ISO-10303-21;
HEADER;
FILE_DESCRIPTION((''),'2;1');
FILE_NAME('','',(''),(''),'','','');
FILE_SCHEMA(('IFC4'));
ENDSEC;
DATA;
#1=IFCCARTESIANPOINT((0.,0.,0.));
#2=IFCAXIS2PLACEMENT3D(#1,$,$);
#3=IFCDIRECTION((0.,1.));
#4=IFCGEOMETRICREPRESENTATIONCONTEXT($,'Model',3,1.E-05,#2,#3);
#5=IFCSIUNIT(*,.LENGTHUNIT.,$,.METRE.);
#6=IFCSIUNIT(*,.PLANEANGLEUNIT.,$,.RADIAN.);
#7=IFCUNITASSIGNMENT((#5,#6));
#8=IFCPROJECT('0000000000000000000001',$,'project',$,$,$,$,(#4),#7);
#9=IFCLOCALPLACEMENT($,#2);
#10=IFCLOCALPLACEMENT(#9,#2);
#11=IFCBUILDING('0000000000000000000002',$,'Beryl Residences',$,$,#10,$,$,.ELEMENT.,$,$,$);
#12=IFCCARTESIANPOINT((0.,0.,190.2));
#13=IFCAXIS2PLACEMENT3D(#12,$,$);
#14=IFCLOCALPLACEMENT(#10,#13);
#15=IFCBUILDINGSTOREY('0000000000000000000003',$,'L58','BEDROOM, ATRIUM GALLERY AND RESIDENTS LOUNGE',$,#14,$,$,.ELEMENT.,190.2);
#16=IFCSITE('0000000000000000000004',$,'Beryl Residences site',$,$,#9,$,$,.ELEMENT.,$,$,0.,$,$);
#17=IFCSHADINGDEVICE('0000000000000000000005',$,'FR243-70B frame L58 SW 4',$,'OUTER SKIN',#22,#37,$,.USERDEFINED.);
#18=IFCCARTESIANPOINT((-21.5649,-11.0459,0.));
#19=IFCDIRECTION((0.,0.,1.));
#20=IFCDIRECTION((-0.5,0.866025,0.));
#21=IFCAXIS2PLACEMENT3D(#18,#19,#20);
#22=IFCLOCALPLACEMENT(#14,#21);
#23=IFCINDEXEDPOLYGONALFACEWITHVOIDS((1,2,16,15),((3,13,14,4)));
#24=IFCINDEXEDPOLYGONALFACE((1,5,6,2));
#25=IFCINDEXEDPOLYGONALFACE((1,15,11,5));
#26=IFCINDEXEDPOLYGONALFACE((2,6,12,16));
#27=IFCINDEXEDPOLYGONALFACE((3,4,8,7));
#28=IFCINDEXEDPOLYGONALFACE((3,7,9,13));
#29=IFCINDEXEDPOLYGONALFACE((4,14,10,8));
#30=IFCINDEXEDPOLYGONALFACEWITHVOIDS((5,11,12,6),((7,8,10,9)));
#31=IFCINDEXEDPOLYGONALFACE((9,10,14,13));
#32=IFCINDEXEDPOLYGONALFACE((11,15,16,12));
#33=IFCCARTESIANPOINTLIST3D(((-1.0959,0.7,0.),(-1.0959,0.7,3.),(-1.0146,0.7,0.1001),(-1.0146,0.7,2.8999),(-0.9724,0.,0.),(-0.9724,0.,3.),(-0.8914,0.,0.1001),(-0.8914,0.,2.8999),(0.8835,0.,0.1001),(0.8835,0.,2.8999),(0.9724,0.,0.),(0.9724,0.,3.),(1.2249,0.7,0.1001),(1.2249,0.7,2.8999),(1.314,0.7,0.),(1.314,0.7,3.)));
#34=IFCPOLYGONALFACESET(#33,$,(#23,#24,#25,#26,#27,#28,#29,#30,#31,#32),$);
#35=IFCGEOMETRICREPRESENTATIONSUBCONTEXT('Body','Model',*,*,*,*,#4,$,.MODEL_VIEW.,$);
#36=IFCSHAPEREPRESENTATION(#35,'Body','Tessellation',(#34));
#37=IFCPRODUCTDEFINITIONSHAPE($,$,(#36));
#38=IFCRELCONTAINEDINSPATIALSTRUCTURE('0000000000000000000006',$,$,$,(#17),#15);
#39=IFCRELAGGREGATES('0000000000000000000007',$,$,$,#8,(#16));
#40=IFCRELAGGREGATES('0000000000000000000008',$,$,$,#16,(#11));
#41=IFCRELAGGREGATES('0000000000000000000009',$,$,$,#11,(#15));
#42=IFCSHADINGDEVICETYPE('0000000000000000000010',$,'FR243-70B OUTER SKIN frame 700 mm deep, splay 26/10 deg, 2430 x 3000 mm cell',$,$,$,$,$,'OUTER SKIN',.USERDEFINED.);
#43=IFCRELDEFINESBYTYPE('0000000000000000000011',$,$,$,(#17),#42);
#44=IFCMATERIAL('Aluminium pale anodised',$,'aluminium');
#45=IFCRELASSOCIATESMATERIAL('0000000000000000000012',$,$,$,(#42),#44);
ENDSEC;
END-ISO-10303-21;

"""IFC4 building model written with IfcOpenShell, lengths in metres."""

from ifc_helpers import new_model, entity, si_unit, direction, frame, origin, place, context, subcontext, project, spatial, source, transform, mapped, material, type_object, type_shapes, element, save


model = new_model("IFC4")

# Units and contexts
model_context = context("Model", 3, precision=1e-05, world=origin(), true_north=direction((0.0, 1.0)))
body_context = subcontext(model_context, "Body", "Model", "MODEL_VIEW")
ifc_project = project(units=[si_unit("LENGTHUNIT", "METRE"), si_unit("PLANEANGLEUNIT", "RADIAN")], contexts=[model_context])

# Site, building, storey
site_placement = place(None, origin())
site = spatial("IfcSite", under=ifc_project, at=site_placement, Name="Beryl Residences site", CompositionType="ELEMENT", RefElevation=0.0)
building_placement = place(site_placement, origin())
building = spatial("IfcBuilding", under=site, at=building_placement, Name="Beryl Residences", CompositionType="ELEMENT")
storey_placement = place(building_placement, frame((0.0, 0.0, 190.2)))
storey = spatial("IfcBuildingStorey", under=building, at=storey_placement, Name="L58", Description="BEDROOM, ATRIUM GALLERY AND RESIDENTS LOUNGE", CompositionType="ELEMENT", Elevation=190.2)

# Shading device
ifc_material_1 = material(Name="Aluminium pale anodised", Category="aluminium")
shading_device_type = type_object("IfcShadingDeviceType", Name="FR243-70B OUTER SKIN frame 700 mm deep, splay 26/10 deg, 2430 x 3000 mm cell", ElementType="OUTER SKIN", PredefinedType="USERDEFINED", material=ifc_material_1)
cartesian_point_1 = entity("IfcCartesianPoint", [-0.9724, 0.0])
cartesian_point_2 = entity("IfcCartesianPoint", [-0.8835, 0.1001])
cartesian_point_3 = entity("IfcCartesianPoint", [-1.314, 0.0])
cartesian_point_4 = entity("IfcCartesianPoint", [-1.2249, 0.1001])
shared_shape = source(origin(), body_context, "Body", "SweptSolid", [
    entity("IfcExtrudedAreaSolidTapered", entity("IfcArbitraryProfileDefWithVoids", "AREA", None, entity("IfcPolyline", [cartesian_point_1, entity("IfcCartesianPoint", [0.9724, 0.0]), entity("IfcCartesianPoint", [0.9724, 3.0]), entity("IfcCartesianPoint", [-0.9724, 3.0]), cartesian_point_1]), [entity("IfcPolyline", [cartesian_point_2, entity("IfcCartesianPoint", [0.8914, 0.1001]), entity("IfcCartesianPoint", [0.8914, 2.8999]), entity("IfcCartesianPoint", [-0.8835, 2.8999]), cartesian_point_2])]), entity("IfcAxis2Placement3D", entity("IfcCartesianPoint", [0.0, 0.0, 0.0]), entity("IfcDirection", [0.0, 1.0, 0.0]), entity("IfcDirection", [-1.0, 0.0, 0.0])), entity("IfcDirection", [0.0, 0.0, 1.0]), 0.7, entity("IfcArbitraryProfileDefWithVoids", "AREA", None, entity("IfcPolyline", [cartesian_point_3, entity("IfcCartesianPoint", [1.0959, 0.0]), entity("IfcCartesianPoint", [1.0959, 3.0]), entity("IfcCartesianPoint", [-1.314, 3.0]), cartesian_point_3]), [entity("IfcPolyline", [cartesian_point_4, entity("IfcCartesianPoint", [1.0146, 0.1001]), entity("IfcCartesianPoint", [1.0146, 2.8999]), entity("IfcCartesianPoint", [-1.2249, 2.8999]), cartesian_point_4])])),
])
type_shapes(shading_device_type, [shared_shape])
shading_device_placement = place(storey_placement, frame((-21.5649, -11.0459, 0.0), z_axis=(0.0, 0.0, 1.0), x_axis=(-0.5, 0.866025, 0.0)))
element("IfcShadingDevice", 1, at=shading_device_placement, inside=storey, type_object=shading_device_type, Name="FR243-70B frame L58 SW 4", ObjectType="OUTER SKIN", PredefinedType="USERDEFINED", context=body_context, shape_type="MappedRepresentation", body=[
    mapped(shared_shape, transform((0.0, 0.0, 0.0))),
])

save(model, "model.ifc")
